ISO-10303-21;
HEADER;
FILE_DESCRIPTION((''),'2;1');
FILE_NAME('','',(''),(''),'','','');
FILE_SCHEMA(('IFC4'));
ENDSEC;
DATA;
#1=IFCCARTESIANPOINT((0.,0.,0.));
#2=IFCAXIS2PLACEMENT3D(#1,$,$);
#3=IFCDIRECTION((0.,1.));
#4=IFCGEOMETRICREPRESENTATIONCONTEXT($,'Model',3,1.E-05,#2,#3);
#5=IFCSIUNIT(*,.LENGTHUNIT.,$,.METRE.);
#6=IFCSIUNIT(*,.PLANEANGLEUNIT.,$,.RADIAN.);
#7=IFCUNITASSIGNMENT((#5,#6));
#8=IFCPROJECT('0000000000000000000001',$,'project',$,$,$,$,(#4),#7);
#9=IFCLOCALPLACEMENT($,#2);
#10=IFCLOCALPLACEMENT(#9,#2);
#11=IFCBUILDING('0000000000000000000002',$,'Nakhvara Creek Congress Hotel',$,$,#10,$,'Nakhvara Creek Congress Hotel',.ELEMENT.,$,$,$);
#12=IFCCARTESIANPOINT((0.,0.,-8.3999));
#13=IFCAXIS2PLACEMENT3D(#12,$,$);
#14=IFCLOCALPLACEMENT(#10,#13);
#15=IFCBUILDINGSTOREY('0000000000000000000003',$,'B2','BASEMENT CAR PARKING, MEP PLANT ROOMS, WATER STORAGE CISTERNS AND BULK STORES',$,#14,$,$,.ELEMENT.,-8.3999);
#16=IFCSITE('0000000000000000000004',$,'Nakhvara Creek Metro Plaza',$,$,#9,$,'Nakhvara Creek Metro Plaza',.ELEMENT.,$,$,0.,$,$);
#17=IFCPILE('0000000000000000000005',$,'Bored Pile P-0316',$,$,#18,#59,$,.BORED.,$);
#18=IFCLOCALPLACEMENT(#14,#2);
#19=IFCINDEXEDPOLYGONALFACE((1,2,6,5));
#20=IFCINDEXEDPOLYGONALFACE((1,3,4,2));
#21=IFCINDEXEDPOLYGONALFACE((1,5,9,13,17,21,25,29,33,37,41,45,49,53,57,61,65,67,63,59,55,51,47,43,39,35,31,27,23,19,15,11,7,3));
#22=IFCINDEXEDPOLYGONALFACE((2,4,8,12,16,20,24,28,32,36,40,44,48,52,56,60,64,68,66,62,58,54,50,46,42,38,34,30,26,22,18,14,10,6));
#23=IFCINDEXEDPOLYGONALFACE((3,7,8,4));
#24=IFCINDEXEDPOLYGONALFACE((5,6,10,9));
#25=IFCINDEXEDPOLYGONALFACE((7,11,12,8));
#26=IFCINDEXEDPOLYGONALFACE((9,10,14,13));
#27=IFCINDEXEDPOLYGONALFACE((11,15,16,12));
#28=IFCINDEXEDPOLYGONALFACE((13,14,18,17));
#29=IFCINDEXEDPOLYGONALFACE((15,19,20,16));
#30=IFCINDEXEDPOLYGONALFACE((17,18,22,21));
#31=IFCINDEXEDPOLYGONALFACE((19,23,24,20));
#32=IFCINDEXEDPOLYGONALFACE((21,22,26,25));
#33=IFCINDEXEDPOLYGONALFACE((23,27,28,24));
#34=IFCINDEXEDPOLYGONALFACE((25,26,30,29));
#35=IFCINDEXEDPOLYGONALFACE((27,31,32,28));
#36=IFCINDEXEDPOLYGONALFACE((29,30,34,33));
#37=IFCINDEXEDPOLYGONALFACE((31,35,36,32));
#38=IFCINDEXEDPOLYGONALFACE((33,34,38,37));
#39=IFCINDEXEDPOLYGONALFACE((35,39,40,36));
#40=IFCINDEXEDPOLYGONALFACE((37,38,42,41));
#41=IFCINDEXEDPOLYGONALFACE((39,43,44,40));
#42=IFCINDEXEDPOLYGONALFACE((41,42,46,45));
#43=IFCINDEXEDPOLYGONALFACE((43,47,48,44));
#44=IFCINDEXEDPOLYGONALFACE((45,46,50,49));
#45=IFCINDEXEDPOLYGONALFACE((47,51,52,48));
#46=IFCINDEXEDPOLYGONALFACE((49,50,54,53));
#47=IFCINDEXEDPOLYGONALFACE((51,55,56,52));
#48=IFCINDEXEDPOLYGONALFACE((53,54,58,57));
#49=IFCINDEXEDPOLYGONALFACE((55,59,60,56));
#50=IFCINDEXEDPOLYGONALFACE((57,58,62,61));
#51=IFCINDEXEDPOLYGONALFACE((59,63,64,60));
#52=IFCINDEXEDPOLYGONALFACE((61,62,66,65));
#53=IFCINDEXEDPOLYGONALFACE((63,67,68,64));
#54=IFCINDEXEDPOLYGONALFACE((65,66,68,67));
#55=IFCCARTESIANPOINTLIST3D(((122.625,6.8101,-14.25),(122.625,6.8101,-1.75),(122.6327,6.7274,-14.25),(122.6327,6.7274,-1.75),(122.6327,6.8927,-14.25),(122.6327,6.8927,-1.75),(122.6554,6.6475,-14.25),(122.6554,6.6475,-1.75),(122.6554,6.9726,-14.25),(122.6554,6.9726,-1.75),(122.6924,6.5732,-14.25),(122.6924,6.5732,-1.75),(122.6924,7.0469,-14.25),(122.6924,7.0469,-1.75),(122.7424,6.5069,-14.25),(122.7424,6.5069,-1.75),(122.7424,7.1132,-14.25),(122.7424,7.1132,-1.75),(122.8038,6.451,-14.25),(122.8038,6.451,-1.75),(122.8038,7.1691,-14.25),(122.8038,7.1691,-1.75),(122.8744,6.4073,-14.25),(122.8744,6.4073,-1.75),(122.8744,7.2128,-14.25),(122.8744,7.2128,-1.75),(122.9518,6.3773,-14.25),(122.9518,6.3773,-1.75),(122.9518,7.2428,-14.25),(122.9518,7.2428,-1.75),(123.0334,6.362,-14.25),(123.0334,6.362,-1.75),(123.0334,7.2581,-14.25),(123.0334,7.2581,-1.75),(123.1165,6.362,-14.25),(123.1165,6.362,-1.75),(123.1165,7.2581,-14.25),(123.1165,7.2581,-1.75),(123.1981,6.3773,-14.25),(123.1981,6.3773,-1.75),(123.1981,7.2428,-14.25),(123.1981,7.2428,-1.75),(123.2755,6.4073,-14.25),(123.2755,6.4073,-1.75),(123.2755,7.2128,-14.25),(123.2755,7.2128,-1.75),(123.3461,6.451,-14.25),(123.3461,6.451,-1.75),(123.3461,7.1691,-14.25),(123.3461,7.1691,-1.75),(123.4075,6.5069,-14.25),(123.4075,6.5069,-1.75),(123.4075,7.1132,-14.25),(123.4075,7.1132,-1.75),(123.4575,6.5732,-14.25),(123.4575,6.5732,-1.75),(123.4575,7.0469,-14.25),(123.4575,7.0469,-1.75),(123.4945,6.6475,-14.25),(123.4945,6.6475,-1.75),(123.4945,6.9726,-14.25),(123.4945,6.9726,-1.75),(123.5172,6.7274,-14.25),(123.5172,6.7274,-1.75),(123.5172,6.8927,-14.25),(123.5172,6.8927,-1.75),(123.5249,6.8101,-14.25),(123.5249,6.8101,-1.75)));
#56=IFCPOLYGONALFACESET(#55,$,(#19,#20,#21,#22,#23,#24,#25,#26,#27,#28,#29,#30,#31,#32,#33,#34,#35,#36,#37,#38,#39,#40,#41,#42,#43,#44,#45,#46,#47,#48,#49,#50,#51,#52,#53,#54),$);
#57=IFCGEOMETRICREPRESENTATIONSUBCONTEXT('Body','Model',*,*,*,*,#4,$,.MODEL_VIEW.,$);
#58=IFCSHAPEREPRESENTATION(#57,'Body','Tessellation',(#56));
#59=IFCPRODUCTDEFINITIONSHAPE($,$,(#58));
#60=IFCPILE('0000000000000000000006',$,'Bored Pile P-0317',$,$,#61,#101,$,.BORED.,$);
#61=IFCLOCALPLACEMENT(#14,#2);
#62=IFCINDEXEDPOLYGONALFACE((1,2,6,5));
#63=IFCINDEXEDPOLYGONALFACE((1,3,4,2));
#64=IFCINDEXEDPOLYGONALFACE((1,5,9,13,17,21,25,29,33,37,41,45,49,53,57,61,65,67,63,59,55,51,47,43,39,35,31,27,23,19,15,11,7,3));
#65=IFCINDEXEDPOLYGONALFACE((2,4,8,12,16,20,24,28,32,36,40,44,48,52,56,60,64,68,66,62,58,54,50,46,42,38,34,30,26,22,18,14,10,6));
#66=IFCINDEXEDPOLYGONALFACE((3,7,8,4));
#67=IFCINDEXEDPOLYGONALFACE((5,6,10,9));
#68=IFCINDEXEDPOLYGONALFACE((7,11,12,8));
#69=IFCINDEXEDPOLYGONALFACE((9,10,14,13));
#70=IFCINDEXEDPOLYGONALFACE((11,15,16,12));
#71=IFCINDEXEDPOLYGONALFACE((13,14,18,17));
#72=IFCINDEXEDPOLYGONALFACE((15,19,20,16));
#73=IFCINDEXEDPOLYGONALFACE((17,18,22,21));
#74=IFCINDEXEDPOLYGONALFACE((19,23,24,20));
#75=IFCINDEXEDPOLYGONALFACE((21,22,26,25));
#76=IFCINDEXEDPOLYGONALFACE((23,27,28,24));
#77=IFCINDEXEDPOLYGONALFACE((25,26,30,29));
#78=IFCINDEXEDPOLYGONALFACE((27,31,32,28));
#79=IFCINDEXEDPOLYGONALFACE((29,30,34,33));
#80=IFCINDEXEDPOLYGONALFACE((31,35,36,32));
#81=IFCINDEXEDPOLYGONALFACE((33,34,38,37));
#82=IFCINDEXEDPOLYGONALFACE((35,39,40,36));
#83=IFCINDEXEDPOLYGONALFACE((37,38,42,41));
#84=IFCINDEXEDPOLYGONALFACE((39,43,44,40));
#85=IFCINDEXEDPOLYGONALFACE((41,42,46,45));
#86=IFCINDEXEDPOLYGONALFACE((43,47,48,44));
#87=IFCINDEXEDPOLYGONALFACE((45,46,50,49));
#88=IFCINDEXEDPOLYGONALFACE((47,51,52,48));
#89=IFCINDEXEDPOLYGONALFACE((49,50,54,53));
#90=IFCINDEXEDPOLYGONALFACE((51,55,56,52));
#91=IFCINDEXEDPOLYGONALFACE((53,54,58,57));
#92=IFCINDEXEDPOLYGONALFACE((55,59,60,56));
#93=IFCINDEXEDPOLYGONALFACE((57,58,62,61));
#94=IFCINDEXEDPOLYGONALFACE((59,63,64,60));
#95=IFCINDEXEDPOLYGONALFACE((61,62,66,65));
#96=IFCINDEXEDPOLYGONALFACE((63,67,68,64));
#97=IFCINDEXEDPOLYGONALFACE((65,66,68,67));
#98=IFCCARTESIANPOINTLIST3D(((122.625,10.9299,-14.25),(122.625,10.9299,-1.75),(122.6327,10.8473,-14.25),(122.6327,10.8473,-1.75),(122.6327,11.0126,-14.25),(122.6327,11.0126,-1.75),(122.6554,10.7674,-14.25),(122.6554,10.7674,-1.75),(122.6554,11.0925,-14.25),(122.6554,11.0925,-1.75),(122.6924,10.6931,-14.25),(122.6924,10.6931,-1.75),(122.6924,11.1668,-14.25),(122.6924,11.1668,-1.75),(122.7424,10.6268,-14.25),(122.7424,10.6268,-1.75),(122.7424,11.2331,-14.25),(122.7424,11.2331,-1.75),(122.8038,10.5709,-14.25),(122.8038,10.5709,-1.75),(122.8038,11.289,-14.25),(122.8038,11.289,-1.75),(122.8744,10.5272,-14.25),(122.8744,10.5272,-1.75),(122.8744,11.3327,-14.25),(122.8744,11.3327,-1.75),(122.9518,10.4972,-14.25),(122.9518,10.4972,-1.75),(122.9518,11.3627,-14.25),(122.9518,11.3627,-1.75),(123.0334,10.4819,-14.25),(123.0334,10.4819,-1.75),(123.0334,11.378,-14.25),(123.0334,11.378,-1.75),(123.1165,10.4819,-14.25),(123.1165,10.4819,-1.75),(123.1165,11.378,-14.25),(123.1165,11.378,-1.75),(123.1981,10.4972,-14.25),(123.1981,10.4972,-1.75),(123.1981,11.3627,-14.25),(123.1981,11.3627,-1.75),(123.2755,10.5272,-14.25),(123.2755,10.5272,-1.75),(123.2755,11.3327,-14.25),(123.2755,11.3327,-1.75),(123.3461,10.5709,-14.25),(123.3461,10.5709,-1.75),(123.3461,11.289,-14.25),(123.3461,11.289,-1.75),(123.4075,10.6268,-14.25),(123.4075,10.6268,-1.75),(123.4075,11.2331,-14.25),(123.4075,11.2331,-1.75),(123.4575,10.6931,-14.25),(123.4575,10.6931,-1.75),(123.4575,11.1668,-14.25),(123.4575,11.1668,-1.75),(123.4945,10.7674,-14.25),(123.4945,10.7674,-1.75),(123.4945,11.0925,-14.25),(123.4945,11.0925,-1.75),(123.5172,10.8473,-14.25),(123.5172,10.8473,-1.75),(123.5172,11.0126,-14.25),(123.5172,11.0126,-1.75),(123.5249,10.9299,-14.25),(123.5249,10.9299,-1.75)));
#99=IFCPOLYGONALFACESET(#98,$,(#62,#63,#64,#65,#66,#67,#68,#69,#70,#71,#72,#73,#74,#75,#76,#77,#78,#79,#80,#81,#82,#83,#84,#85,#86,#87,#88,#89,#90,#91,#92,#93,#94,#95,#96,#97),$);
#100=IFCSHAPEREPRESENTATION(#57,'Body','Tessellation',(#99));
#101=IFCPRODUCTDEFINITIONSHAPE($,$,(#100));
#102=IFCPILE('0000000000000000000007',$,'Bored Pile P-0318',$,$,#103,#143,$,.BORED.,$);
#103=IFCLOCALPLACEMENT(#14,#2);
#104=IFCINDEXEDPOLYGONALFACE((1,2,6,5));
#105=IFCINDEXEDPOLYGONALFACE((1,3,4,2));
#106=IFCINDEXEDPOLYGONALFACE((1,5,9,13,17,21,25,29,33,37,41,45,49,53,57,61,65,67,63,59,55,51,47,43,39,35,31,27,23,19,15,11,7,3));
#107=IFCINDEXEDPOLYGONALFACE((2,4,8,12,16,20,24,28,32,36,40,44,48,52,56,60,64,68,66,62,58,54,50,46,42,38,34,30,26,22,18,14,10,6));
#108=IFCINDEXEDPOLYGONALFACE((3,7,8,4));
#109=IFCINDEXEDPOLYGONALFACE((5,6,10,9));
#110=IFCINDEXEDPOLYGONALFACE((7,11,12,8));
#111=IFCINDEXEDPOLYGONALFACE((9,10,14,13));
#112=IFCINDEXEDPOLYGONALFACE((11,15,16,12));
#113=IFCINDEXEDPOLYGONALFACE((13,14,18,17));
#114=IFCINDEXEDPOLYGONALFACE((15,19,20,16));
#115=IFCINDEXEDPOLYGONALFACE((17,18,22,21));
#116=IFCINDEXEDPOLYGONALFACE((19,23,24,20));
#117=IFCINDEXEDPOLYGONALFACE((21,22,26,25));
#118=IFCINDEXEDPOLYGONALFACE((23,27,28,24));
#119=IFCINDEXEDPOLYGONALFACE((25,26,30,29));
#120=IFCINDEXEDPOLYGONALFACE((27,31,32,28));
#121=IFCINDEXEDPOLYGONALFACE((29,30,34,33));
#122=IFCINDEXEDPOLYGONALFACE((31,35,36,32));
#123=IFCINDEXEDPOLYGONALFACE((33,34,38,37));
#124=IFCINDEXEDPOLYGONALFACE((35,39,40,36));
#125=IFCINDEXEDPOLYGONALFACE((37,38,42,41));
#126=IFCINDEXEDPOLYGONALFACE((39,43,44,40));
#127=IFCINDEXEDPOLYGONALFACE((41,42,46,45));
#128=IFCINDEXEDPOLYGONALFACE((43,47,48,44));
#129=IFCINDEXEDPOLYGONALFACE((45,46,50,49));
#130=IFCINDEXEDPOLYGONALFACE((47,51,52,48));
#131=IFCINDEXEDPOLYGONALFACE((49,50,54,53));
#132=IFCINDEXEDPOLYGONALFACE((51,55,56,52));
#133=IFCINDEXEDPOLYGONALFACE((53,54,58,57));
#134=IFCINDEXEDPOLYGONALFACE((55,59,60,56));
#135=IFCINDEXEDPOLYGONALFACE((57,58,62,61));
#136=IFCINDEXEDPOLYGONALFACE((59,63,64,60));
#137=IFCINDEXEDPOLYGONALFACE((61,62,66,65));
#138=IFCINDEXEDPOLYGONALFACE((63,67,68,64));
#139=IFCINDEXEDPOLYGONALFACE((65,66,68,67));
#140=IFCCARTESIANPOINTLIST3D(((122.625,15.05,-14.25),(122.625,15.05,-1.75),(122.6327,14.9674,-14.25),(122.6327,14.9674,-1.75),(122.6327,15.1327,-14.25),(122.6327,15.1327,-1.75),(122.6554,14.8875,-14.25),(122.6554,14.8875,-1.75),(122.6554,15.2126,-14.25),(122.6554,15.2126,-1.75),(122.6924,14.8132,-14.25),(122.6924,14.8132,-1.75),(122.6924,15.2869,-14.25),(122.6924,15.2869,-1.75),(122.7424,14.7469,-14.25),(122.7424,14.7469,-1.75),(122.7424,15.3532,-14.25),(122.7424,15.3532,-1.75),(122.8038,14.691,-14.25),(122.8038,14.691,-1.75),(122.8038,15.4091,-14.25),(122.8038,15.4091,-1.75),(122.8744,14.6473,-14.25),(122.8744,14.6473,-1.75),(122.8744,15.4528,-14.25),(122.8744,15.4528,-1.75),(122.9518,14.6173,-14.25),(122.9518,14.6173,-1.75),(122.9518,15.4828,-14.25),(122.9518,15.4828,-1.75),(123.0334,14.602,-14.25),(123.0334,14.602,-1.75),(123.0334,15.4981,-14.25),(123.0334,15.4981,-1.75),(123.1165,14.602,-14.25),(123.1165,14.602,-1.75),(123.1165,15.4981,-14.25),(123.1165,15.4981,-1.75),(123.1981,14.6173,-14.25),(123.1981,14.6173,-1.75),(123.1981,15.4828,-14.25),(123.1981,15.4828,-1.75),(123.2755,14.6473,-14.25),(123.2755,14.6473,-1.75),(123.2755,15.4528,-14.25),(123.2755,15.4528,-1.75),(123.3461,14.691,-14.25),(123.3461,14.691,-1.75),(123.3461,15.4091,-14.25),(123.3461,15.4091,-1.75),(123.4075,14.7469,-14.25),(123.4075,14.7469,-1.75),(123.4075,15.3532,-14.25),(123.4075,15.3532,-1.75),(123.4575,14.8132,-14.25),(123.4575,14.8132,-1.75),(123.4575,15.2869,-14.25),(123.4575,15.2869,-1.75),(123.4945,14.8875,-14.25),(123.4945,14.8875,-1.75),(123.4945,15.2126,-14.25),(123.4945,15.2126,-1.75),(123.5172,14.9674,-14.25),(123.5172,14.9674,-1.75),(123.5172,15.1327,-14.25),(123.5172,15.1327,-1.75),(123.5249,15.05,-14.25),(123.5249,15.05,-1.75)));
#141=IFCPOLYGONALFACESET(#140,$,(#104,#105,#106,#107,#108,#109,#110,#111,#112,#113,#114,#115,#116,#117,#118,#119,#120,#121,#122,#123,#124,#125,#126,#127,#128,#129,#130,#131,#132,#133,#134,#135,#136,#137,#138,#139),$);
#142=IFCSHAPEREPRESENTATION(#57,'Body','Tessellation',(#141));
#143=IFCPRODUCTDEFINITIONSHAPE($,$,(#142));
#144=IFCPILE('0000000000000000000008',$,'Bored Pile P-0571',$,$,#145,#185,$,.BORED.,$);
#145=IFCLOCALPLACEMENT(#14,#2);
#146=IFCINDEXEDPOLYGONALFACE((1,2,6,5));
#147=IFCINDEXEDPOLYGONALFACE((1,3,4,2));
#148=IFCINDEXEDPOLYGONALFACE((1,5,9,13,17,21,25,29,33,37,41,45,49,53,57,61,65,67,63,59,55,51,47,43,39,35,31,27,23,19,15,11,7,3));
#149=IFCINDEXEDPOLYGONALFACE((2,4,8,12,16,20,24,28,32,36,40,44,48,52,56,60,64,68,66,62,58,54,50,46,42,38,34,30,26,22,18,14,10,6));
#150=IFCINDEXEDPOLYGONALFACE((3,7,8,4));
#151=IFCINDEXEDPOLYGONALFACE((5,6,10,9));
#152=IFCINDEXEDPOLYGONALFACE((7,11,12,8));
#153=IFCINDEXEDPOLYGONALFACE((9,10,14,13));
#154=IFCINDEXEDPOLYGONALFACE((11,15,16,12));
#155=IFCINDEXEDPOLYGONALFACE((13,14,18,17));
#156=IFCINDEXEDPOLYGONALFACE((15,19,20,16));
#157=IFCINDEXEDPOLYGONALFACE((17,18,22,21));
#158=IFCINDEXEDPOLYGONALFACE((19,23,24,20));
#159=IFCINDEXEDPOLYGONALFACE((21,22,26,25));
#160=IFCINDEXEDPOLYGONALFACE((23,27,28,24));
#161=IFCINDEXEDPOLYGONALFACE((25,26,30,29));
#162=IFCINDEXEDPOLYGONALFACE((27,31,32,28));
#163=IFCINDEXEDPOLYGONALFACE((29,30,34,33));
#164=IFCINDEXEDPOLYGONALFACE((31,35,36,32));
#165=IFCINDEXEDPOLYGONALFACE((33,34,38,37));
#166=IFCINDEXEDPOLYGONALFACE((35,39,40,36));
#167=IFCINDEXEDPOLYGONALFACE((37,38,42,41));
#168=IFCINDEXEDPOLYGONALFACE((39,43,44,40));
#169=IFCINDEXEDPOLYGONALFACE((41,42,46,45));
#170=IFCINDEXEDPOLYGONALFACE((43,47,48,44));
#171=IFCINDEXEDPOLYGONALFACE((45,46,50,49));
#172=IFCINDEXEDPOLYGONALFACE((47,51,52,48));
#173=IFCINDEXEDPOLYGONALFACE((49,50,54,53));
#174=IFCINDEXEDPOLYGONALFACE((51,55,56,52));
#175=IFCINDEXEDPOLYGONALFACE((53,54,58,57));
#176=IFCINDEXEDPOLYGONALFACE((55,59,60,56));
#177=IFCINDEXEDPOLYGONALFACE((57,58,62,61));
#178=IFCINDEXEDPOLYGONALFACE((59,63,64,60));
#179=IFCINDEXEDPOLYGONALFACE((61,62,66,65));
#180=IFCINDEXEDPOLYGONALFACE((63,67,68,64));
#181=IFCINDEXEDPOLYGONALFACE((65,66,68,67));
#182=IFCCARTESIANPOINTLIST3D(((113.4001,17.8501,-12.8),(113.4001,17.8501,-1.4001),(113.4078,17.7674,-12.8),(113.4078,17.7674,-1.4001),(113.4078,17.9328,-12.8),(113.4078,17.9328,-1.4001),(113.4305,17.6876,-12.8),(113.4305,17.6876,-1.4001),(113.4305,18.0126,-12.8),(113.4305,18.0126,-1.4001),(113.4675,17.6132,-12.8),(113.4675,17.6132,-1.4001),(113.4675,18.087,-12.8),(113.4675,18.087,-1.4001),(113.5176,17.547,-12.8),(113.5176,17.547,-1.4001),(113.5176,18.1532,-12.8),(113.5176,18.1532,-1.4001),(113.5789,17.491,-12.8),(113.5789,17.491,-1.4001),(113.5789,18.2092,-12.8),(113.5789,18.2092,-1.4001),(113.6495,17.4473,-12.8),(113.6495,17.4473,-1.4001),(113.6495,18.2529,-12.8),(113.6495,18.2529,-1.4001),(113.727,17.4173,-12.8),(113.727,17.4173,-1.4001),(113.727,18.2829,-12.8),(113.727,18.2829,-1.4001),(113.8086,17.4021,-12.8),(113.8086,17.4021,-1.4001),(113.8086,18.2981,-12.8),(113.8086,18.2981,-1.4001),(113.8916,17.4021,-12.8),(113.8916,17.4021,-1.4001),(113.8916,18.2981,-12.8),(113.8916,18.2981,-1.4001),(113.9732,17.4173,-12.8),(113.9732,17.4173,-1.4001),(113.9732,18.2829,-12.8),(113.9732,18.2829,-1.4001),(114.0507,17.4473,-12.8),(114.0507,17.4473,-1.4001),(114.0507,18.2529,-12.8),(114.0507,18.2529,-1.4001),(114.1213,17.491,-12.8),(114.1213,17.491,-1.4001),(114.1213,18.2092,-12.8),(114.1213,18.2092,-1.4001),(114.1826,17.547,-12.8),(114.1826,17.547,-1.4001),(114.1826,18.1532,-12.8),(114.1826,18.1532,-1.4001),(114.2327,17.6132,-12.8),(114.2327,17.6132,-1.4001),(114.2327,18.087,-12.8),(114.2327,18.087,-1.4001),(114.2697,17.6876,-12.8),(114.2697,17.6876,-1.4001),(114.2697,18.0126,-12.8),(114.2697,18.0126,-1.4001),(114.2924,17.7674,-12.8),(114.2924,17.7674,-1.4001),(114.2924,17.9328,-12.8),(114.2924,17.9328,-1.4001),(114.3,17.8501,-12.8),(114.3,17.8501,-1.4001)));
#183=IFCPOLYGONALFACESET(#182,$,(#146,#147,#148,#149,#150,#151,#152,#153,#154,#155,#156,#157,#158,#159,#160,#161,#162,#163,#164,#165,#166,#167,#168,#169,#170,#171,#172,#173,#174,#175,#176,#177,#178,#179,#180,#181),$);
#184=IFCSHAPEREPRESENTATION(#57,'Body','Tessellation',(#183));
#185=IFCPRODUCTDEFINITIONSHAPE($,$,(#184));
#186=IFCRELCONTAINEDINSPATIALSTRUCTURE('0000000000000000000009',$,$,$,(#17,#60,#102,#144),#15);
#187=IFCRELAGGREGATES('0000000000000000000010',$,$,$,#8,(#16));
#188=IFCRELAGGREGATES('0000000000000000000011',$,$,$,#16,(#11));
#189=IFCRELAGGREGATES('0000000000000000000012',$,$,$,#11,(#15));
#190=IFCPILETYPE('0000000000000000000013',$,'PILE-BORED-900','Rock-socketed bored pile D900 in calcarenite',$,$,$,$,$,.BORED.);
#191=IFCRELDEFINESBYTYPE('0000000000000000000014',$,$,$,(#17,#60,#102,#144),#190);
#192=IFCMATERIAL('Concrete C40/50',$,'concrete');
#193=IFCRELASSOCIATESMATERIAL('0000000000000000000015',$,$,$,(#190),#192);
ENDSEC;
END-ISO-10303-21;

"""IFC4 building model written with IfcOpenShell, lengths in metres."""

from ifc_helpers import new_model, si_unit, direction, frame, origin, origin_2d, place, context, subcontext, project, spatial, circle, extrude, material, material_profile, profile_set, type_object, element, save


model = new_model("IFC4")

# Units and contexts
model_context = context("Model", 3, precision=1e-05, world=origin(), true_north=direction((0.0, 1.0)))
body_context = subcontext(model_context, "Body", "Model", "MODEL_VIEW")
ifc_project = project(units=[si_unit("LENGTHUNIT", "METRE"), si_unit("PLANEANGLEUNIT", "RADIAN")], contexts=[model_context])

# Site, building, storey
site_placement = place(None, origin())
site = spatial("IfcSite", under=ifc_project, at=site_placement, Name="Nakhvara Creek Metro Plaza", LongName="Nakhvara Creek Metro Plaza", CompositionType="ELEMENT", RefElevation=0.0)
building_placement = place(site_placement, origin())
building = spatial("IfcBuilding", under=site, at=building_placement, Name="Nakhvara Creek Congress Hotel", LongName="Nakhvara Creek Congress Hotel", CompositionType="ELEMENT")
storey_placement = place(building_placement, frame((0.0, 0.0, -8.3999)))
storey = spatial("IfcBuildingStorey", under=building, at=storey_placement, Name="B2", Description="BASEMENT CAR PARKING, MEP PLANT ROOMS, WATER STORAGE CISTERNS AND BULK STORES", CompositionType="ELEMENT", Elevation=-8.3999)

# Shared definitions
ifc_material_1 = material(Name="Concrete C40/50", Category="concrete")

# Piles
ifc_material_profile_1 = material_profile(ifc_material_1, circle(Radius=0.45, at=origin_2d()), Name="BORED PILE D900", Category="LoadBearing")
ifc_profile_set_1 = profile_set([ifc_material_profile_1], Name="Concrete C40/50")
pile_type = type_object("IfcPileType", Name="PILE-BORED-900", Description="Rock-socketed bored pile D900 in calcarenite", PredefinedType="BORED", material=ifc_profile_set_1)
for number, where, z_axis, x_axis, name in (
    (1, (123.075, 6.8101, -1.75), (0.0, 0.0, -1.0), (1.0, 0.0, 0.0), "Bored Pile P-0316"),
    (2, (123.075, 10.9299, -1.75), (0.0, 0.0, -1.0), (1.0, 0.0, 0.0), "Bored Pile P-0317"),
    (3, (123.075, 15.05, -1.75), (0.0, 0.0, -1.0), (1.0, 0.0, 0.0), "Bored Pile P-0318"),
):
    element("IfcPile", number, at=place(storey_placement, frame(where, z_axis=z_axis, x_axis=x_axis)), inside=storey, type_object=pile_type, Name=name, PredefinedType="BORED", context=body_context, shape_type="SweptSolid", body=[
        extrude(circle(Radius=0.45, at=origin_2d()), origin(), (0.0, 0.0, 1.0), 12.5),
    ])
for number, where, z_axis, x_axis, name in (
    (4, (113.8501, 17.8501, -1.4001), (0.0, 0.0, -1.0), (1.0, 0.0, 0.0), "Bored Pile P-0571"),
):
    element("IfcPile", number, at=place(storey_placement, frame(where, z_axis=z_axis, x_axis=x_axis)), inside=storey, type_object=pile_type, Name=name, PredefinedType="BORED", context=body_context, shape_type="SweptSolid", body=[
        extrude(circle(Radius=0.45, at=origin_2d()), origin(), (0.0, 0.0, 1.0), 11.3999),
    ])

save(model, "model.ifc")
